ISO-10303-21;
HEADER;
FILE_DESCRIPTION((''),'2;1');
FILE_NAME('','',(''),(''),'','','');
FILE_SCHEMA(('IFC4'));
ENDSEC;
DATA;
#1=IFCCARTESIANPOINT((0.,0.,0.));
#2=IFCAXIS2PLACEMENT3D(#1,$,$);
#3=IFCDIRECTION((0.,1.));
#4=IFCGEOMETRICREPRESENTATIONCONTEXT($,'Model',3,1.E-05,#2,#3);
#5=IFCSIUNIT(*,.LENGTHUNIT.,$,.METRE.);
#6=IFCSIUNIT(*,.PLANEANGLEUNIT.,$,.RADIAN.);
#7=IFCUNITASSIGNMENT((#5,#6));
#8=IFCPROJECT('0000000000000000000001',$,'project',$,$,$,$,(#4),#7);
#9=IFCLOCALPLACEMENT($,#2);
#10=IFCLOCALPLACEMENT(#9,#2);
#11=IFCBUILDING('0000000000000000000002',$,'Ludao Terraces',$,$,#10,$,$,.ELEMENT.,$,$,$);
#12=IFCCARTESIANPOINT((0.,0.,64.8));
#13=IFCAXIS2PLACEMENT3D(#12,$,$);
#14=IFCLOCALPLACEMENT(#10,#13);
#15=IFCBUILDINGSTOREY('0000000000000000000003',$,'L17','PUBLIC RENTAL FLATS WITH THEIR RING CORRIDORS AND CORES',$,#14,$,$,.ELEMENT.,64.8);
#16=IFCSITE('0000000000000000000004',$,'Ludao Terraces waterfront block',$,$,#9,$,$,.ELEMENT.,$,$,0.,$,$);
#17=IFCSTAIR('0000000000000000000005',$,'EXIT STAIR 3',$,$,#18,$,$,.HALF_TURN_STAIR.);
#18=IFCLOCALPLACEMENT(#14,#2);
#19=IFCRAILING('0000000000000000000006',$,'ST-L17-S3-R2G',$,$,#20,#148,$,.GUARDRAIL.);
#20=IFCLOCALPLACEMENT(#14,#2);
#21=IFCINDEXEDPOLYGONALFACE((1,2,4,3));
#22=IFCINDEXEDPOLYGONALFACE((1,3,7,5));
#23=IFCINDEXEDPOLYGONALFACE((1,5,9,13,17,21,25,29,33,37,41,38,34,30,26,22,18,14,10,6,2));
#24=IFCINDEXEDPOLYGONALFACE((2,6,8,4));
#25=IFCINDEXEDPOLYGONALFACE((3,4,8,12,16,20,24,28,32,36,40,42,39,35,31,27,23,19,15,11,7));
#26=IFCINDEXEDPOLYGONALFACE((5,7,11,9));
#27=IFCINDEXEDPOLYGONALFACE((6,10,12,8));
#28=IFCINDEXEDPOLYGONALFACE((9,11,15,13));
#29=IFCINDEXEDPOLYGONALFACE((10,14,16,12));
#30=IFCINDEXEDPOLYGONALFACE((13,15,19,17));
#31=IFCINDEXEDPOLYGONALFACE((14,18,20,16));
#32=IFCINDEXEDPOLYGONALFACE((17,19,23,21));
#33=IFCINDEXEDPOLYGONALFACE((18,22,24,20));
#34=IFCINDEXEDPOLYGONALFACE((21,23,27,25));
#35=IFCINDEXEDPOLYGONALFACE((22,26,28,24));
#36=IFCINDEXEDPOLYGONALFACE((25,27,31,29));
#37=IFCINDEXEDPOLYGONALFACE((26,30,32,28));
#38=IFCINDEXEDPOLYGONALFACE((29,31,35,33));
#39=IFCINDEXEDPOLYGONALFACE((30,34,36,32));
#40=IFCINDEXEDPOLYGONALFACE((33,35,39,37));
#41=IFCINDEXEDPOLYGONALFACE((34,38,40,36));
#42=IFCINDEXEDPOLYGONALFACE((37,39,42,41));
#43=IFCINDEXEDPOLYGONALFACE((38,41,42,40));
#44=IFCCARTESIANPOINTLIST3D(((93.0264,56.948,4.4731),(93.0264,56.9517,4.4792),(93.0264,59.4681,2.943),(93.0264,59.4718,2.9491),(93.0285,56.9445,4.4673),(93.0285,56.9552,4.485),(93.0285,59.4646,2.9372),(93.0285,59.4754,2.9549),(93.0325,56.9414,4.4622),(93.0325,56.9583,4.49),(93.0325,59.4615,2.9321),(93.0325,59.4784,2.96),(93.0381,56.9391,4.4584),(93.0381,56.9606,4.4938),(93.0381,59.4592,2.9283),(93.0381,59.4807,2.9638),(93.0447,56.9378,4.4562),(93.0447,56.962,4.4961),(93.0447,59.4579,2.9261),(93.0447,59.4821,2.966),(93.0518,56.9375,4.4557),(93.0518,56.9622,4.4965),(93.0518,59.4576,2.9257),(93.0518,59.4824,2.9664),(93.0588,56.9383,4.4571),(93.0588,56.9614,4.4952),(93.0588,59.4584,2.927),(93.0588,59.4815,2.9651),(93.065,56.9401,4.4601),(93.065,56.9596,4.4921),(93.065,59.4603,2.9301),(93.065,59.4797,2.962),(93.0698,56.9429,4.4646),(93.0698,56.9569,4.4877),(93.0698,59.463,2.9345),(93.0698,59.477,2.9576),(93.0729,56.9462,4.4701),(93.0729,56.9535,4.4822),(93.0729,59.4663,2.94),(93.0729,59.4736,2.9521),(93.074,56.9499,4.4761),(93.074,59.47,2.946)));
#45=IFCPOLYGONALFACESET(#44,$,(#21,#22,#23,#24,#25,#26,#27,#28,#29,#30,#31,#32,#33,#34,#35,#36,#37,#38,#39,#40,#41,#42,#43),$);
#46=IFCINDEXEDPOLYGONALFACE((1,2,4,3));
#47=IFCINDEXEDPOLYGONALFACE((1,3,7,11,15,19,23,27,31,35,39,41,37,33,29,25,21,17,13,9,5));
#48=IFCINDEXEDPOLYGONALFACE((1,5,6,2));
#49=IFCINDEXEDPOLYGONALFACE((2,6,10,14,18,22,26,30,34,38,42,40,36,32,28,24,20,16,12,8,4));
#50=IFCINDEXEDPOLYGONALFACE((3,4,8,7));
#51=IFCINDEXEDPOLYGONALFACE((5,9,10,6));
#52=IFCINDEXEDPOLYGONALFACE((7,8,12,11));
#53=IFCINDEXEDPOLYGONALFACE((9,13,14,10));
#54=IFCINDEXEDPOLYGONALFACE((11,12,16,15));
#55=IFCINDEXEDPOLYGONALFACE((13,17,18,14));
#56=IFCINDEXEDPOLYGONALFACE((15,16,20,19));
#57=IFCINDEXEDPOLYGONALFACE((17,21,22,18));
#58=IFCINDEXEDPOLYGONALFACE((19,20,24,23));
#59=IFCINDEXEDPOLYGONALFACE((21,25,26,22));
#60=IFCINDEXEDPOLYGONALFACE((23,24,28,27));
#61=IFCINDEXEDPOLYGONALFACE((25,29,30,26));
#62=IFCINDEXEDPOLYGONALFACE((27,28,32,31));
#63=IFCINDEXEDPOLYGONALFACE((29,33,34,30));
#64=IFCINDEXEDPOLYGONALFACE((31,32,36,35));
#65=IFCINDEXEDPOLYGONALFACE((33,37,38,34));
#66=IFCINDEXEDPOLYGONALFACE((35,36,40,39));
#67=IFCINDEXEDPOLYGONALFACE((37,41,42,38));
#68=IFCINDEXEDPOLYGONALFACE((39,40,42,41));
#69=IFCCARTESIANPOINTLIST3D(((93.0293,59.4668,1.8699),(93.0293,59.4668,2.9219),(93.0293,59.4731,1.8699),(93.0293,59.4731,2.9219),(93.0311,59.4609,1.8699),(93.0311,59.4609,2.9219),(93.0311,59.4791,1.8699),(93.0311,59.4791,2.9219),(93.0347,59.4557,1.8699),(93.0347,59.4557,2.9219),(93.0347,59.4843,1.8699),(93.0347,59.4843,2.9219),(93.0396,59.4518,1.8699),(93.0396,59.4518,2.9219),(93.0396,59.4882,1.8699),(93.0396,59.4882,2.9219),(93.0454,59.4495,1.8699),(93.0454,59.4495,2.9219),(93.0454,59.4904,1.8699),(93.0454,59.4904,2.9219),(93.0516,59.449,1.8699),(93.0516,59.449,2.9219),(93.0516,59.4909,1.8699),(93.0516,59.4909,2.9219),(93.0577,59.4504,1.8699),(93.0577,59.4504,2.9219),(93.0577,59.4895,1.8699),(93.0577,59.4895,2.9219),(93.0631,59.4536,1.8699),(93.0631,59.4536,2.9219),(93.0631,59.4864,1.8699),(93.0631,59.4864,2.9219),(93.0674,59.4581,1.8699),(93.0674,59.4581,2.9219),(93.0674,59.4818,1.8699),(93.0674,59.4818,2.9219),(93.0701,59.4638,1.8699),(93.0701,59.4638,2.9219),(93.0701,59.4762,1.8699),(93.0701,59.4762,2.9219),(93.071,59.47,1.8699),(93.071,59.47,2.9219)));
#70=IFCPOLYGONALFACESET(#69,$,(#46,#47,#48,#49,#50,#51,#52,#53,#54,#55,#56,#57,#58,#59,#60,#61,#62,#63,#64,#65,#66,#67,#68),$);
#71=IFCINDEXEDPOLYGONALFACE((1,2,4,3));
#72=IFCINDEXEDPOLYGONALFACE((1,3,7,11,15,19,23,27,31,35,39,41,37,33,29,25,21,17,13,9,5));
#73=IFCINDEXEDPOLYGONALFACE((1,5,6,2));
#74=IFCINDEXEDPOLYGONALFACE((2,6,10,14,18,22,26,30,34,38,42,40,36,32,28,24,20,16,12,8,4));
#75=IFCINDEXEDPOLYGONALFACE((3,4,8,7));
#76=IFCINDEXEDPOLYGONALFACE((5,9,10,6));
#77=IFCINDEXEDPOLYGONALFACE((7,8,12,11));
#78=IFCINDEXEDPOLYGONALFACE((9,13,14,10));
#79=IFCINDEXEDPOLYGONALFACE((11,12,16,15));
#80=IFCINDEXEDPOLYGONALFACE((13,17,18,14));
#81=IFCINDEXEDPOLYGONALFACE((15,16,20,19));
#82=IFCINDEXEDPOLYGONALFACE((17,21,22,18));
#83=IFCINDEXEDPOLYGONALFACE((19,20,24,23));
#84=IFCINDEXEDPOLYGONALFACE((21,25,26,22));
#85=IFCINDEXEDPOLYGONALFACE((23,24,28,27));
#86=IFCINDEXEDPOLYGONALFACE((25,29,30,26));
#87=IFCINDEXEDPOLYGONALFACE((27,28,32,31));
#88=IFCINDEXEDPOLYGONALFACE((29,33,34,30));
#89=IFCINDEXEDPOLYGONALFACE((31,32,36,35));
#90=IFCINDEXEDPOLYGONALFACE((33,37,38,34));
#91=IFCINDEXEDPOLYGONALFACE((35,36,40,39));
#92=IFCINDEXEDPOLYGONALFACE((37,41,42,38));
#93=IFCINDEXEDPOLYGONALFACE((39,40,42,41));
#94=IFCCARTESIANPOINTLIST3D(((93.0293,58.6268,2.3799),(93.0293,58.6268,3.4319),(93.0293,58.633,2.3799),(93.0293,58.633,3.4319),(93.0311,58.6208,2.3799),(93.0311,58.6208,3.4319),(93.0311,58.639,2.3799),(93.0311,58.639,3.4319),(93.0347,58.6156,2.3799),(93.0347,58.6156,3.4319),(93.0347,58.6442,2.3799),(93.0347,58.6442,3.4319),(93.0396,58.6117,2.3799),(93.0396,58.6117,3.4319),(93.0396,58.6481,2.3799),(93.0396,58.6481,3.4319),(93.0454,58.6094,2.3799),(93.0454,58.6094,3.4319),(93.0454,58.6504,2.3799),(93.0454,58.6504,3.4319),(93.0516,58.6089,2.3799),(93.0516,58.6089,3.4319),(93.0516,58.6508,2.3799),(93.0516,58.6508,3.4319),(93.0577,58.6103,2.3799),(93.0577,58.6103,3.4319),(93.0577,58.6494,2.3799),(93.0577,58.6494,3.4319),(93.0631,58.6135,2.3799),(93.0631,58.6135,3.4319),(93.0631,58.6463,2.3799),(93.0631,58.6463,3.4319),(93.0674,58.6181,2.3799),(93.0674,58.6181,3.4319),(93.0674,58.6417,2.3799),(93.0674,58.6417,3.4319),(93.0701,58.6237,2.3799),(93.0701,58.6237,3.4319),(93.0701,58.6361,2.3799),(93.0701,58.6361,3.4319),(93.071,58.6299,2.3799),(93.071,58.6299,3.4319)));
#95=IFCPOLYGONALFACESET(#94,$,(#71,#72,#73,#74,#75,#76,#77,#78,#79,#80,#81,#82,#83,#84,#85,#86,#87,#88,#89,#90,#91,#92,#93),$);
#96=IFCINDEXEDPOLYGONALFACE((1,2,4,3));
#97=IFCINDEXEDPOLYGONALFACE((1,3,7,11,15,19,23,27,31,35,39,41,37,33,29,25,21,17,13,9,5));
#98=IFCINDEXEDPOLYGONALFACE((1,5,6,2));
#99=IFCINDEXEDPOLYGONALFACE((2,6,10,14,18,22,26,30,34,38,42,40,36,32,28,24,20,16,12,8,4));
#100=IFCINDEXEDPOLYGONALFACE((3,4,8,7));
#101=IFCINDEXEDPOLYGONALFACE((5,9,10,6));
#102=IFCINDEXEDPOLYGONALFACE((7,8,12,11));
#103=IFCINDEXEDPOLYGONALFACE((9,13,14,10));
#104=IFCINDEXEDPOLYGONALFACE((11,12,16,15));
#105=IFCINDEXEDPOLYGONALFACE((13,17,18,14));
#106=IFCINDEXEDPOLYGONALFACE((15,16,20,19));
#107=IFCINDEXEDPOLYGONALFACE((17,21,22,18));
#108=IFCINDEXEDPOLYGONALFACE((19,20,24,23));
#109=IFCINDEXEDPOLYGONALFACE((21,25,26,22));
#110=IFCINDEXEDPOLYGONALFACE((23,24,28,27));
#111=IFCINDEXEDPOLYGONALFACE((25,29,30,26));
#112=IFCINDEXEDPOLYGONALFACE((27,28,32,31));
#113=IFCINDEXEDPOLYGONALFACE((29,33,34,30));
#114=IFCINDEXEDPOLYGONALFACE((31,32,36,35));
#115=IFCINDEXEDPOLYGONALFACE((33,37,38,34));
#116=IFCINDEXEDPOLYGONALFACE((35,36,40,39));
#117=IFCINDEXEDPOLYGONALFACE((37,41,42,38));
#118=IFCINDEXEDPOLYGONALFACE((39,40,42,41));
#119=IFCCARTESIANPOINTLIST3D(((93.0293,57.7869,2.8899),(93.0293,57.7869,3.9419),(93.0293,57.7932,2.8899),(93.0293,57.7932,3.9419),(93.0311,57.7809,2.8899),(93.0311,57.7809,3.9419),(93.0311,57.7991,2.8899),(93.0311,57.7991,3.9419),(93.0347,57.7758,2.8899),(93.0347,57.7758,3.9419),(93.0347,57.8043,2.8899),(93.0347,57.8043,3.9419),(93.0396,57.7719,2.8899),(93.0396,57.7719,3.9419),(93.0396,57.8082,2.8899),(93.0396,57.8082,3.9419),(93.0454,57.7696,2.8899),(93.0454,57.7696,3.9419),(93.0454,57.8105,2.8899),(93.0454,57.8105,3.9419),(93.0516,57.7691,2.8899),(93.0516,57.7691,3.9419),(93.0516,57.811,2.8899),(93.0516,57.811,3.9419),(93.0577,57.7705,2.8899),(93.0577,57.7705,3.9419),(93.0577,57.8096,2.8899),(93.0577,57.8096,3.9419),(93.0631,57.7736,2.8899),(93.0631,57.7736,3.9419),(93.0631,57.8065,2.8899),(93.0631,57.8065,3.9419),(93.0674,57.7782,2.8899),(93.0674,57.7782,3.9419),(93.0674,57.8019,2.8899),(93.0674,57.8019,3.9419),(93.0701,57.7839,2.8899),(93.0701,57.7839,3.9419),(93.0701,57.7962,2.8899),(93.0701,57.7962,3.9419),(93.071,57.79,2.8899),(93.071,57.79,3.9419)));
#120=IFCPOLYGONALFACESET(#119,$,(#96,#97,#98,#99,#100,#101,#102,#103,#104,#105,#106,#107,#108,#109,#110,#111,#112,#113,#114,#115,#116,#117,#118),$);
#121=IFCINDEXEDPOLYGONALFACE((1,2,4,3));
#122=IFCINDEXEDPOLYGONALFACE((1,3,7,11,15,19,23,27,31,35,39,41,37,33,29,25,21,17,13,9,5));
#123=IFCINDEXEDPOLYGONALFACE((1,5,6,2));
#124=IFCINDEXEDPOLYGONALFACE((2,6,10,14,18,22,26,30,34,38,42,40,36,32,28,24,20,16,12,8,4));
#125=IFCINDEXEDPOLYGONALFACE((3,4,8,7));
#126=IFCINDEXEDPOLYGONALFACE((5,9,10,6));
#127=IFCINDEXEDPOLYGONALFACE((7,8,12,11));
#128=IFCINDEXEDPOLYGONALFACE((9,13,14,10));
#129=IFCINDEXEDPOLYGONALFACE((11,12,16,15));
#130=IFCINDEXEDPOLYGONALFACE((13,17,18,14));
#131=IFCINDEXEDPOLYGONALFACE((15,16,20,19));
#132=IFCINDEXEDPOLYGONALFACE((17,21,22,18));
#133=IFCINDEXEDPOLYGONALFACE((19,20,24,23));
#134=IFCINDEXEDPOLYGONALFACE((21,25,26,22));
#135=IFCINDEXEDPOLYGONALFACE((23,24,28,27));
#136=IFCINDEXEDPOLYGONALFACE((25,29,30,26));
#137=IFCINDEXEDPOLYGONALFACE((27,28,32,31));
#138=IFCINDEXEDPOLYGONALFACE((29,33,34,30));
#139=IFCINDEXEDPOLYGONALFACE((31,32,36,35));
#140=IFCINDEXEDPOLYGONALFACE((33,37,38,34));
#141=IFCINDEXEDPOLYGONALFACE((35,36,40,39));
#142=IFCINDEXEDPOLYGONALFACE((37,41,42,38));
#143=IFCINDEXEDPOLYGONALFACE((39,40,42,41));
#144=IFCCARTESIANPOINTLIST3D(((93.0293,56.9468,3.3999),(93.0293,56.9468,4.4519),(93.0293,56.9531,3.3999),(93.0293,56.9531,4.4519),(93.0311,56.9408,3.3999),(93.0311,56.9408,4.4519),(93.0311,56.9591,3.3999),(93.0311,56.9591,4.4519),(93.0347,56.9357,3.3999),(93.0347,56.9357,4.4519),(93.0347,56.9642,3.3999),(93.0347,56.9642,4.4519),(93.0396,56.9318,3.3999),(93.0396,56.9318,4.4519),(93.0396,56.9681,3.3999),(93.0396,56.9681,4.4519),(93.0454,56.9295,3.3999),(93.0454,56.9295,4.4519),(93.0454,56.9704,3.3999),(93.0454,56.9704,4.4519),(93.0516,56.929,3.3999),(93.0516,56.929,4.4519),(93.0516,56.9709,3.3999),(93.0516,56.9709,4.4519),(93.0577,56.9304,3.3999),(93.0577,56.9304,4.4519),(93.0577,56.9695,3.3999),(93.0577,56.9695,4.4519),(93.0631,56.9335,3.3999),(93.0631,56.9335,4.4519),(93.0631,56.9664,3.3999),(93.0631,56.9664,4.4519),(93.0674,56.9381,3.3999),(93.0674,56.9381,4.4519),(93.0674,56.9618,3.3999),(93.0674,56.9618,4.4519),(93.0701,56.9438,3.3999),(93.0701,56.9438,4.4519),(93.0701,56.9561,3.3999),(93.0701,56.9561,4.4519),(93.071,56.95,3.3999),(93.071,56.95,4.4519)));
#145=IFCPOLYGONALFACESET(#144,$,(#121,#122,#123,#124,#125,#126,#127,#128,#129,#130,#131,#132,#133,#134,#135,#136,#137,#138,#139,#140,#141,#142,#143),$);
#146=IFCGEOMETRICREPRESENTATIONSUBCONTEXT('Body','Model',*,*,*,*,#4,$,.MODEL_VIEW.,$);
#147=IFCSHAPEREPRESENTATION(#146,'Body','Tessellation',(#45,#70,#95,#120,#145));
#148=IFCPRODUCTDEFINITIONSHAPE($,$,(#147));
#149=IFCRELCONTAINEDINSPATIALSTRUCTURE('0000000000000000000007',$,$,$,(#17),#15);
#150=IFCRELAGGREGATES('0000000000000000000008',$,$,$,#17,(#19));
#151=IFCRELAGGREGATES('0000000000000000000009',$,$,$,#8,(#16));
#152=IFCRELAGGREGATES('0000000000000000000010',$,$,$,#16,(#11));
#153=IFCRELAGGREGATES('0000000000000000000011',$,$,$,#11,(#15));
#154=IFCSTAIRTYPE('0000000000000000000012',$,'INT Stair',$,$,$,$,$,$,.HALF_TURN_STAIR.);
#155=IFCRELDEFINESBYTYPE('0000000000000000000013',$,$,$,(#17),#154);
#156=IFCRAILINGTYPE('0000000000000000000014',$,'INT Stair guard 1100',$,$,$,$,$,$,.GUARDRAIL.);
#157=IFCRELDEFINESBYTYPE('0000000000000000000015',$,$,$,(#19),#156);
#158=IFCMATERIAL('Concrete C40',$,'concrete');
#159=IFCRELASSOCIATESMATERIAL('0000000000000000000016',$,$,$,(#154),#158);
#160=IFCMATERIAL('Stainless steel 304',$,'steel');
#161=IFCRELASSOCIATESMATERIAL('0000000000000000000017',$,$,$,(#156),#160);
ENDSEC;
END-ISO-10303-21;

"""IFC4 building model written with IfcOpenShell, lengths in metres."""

from ifc_helpers import new_model, si_unit, direction, frame, origin, origin_2d, place, context, subcontext, project, spatial, circle, extrude, material, type_object, element, aggregate, save


model = new_model("IFC4")

# Units and contexts
model_context = context("Model", 3, precision=1e-05, world=origin(), true_north=direction((0.0, 1.0)))
body_context = subcontext(model_context, "Body", "Model", "MODEL_VIEW")
ifc_project = project(units=[si_unit("LENGTHUNIT", "METRE"), si_unit("PLANEANGLEUNIT", "RADIAN")], contexts=[model_context])

# Site, building, storey
site_placement = place(None, origin())
site = spatial("IfcSite", under=ifc_project, at=site_placement, Name="Ludao Terraces waterfront block", CompositionType="ELEMENT", RefElevation=0.0)
building_placement = place(site_placement, origin())
building = spatial("IfcBuilding", under=site, at=building_placement, Name="Ludao Terraces", CompositionType="ELEMENT")
storey_placement = place(building_placement, frame((0.0, 0.0, 64.8)))
storey = spatial("IfcBuildingStorey", under=building, at=storey_placement, Name="L17", Description="PUBLIC RENTAL FLATS WITH THEIR RING CORRIDORS AND CORES", CompositionType="ELEMENT", Elevation=64.8)

# Stair, railing
ifc_material_1 = material(Name="Concrete C40", Category="concrete")
stair_type = type_object("IfcStairType", Name="INT Stair", PredefinedType="HALF_TURN_STAIR", material=ifc_material_1)
stair_placement = place(storey_placement, origin())
stair = element("IfcStair", 1, at=stair_placement, inside=storey, type_object=stair_type, Name="EXIT STAIR 3", PredefinedType="HALF_TURN_STAIR")
ifc_material_2 = material(Name="Stainless steel 304", Category="steel")
railing_type_1 = type_object("IfcRailingType", Name="INT Stair guard 1100", PredefinedType="GUARDRAIL", material=ifc_material_2)
railing_1_placement = place(storey_placement, frame((93.05, 59.47, 1.8699)))
railing_1 = element("IfcRailing", 2, at=railing_1_placement, type_object=railing_type_1, Name="ST-L17-S3-R2G", PredefinedType="GUARDRAIL", context=body_context, shape_type="SweptSolid", body=[
    extrude(circle(Radius=0.0239, at=origin_2d()), frame((0.0, 0.0, 1.0762), z_axis=(0.0, -0.854785, 0.518982), x_axis=(1.0, 0.0, 0.0)), (0.0, 0.0, 1.0), 2.9482),
    extrude(circle(Radius=0.021, at=origin_2d()), origin(), (0.0, 0.0, 1.0), 1.052),
    extrude(circle(Radius=0.021, at=origin_2d()), frame((0.0, -0.8401, 0.51)), (0.0, 0.0, 1.0), 1.052),
    extrude(circle(Radius=0.021, at=origin_2d()), frame((0.0, -1.6799, 1.02)), (0.0, 0.0, 1.0), 1.052),
    extrude(circle(Radius=0.021, at=origin_2d()), frame((0.0, -2.52, 1.53)), (0.0, 0.0, 1.0), 1.052),
])
aggregate(stair, [railing_1])

save(model, "model.ifc")
